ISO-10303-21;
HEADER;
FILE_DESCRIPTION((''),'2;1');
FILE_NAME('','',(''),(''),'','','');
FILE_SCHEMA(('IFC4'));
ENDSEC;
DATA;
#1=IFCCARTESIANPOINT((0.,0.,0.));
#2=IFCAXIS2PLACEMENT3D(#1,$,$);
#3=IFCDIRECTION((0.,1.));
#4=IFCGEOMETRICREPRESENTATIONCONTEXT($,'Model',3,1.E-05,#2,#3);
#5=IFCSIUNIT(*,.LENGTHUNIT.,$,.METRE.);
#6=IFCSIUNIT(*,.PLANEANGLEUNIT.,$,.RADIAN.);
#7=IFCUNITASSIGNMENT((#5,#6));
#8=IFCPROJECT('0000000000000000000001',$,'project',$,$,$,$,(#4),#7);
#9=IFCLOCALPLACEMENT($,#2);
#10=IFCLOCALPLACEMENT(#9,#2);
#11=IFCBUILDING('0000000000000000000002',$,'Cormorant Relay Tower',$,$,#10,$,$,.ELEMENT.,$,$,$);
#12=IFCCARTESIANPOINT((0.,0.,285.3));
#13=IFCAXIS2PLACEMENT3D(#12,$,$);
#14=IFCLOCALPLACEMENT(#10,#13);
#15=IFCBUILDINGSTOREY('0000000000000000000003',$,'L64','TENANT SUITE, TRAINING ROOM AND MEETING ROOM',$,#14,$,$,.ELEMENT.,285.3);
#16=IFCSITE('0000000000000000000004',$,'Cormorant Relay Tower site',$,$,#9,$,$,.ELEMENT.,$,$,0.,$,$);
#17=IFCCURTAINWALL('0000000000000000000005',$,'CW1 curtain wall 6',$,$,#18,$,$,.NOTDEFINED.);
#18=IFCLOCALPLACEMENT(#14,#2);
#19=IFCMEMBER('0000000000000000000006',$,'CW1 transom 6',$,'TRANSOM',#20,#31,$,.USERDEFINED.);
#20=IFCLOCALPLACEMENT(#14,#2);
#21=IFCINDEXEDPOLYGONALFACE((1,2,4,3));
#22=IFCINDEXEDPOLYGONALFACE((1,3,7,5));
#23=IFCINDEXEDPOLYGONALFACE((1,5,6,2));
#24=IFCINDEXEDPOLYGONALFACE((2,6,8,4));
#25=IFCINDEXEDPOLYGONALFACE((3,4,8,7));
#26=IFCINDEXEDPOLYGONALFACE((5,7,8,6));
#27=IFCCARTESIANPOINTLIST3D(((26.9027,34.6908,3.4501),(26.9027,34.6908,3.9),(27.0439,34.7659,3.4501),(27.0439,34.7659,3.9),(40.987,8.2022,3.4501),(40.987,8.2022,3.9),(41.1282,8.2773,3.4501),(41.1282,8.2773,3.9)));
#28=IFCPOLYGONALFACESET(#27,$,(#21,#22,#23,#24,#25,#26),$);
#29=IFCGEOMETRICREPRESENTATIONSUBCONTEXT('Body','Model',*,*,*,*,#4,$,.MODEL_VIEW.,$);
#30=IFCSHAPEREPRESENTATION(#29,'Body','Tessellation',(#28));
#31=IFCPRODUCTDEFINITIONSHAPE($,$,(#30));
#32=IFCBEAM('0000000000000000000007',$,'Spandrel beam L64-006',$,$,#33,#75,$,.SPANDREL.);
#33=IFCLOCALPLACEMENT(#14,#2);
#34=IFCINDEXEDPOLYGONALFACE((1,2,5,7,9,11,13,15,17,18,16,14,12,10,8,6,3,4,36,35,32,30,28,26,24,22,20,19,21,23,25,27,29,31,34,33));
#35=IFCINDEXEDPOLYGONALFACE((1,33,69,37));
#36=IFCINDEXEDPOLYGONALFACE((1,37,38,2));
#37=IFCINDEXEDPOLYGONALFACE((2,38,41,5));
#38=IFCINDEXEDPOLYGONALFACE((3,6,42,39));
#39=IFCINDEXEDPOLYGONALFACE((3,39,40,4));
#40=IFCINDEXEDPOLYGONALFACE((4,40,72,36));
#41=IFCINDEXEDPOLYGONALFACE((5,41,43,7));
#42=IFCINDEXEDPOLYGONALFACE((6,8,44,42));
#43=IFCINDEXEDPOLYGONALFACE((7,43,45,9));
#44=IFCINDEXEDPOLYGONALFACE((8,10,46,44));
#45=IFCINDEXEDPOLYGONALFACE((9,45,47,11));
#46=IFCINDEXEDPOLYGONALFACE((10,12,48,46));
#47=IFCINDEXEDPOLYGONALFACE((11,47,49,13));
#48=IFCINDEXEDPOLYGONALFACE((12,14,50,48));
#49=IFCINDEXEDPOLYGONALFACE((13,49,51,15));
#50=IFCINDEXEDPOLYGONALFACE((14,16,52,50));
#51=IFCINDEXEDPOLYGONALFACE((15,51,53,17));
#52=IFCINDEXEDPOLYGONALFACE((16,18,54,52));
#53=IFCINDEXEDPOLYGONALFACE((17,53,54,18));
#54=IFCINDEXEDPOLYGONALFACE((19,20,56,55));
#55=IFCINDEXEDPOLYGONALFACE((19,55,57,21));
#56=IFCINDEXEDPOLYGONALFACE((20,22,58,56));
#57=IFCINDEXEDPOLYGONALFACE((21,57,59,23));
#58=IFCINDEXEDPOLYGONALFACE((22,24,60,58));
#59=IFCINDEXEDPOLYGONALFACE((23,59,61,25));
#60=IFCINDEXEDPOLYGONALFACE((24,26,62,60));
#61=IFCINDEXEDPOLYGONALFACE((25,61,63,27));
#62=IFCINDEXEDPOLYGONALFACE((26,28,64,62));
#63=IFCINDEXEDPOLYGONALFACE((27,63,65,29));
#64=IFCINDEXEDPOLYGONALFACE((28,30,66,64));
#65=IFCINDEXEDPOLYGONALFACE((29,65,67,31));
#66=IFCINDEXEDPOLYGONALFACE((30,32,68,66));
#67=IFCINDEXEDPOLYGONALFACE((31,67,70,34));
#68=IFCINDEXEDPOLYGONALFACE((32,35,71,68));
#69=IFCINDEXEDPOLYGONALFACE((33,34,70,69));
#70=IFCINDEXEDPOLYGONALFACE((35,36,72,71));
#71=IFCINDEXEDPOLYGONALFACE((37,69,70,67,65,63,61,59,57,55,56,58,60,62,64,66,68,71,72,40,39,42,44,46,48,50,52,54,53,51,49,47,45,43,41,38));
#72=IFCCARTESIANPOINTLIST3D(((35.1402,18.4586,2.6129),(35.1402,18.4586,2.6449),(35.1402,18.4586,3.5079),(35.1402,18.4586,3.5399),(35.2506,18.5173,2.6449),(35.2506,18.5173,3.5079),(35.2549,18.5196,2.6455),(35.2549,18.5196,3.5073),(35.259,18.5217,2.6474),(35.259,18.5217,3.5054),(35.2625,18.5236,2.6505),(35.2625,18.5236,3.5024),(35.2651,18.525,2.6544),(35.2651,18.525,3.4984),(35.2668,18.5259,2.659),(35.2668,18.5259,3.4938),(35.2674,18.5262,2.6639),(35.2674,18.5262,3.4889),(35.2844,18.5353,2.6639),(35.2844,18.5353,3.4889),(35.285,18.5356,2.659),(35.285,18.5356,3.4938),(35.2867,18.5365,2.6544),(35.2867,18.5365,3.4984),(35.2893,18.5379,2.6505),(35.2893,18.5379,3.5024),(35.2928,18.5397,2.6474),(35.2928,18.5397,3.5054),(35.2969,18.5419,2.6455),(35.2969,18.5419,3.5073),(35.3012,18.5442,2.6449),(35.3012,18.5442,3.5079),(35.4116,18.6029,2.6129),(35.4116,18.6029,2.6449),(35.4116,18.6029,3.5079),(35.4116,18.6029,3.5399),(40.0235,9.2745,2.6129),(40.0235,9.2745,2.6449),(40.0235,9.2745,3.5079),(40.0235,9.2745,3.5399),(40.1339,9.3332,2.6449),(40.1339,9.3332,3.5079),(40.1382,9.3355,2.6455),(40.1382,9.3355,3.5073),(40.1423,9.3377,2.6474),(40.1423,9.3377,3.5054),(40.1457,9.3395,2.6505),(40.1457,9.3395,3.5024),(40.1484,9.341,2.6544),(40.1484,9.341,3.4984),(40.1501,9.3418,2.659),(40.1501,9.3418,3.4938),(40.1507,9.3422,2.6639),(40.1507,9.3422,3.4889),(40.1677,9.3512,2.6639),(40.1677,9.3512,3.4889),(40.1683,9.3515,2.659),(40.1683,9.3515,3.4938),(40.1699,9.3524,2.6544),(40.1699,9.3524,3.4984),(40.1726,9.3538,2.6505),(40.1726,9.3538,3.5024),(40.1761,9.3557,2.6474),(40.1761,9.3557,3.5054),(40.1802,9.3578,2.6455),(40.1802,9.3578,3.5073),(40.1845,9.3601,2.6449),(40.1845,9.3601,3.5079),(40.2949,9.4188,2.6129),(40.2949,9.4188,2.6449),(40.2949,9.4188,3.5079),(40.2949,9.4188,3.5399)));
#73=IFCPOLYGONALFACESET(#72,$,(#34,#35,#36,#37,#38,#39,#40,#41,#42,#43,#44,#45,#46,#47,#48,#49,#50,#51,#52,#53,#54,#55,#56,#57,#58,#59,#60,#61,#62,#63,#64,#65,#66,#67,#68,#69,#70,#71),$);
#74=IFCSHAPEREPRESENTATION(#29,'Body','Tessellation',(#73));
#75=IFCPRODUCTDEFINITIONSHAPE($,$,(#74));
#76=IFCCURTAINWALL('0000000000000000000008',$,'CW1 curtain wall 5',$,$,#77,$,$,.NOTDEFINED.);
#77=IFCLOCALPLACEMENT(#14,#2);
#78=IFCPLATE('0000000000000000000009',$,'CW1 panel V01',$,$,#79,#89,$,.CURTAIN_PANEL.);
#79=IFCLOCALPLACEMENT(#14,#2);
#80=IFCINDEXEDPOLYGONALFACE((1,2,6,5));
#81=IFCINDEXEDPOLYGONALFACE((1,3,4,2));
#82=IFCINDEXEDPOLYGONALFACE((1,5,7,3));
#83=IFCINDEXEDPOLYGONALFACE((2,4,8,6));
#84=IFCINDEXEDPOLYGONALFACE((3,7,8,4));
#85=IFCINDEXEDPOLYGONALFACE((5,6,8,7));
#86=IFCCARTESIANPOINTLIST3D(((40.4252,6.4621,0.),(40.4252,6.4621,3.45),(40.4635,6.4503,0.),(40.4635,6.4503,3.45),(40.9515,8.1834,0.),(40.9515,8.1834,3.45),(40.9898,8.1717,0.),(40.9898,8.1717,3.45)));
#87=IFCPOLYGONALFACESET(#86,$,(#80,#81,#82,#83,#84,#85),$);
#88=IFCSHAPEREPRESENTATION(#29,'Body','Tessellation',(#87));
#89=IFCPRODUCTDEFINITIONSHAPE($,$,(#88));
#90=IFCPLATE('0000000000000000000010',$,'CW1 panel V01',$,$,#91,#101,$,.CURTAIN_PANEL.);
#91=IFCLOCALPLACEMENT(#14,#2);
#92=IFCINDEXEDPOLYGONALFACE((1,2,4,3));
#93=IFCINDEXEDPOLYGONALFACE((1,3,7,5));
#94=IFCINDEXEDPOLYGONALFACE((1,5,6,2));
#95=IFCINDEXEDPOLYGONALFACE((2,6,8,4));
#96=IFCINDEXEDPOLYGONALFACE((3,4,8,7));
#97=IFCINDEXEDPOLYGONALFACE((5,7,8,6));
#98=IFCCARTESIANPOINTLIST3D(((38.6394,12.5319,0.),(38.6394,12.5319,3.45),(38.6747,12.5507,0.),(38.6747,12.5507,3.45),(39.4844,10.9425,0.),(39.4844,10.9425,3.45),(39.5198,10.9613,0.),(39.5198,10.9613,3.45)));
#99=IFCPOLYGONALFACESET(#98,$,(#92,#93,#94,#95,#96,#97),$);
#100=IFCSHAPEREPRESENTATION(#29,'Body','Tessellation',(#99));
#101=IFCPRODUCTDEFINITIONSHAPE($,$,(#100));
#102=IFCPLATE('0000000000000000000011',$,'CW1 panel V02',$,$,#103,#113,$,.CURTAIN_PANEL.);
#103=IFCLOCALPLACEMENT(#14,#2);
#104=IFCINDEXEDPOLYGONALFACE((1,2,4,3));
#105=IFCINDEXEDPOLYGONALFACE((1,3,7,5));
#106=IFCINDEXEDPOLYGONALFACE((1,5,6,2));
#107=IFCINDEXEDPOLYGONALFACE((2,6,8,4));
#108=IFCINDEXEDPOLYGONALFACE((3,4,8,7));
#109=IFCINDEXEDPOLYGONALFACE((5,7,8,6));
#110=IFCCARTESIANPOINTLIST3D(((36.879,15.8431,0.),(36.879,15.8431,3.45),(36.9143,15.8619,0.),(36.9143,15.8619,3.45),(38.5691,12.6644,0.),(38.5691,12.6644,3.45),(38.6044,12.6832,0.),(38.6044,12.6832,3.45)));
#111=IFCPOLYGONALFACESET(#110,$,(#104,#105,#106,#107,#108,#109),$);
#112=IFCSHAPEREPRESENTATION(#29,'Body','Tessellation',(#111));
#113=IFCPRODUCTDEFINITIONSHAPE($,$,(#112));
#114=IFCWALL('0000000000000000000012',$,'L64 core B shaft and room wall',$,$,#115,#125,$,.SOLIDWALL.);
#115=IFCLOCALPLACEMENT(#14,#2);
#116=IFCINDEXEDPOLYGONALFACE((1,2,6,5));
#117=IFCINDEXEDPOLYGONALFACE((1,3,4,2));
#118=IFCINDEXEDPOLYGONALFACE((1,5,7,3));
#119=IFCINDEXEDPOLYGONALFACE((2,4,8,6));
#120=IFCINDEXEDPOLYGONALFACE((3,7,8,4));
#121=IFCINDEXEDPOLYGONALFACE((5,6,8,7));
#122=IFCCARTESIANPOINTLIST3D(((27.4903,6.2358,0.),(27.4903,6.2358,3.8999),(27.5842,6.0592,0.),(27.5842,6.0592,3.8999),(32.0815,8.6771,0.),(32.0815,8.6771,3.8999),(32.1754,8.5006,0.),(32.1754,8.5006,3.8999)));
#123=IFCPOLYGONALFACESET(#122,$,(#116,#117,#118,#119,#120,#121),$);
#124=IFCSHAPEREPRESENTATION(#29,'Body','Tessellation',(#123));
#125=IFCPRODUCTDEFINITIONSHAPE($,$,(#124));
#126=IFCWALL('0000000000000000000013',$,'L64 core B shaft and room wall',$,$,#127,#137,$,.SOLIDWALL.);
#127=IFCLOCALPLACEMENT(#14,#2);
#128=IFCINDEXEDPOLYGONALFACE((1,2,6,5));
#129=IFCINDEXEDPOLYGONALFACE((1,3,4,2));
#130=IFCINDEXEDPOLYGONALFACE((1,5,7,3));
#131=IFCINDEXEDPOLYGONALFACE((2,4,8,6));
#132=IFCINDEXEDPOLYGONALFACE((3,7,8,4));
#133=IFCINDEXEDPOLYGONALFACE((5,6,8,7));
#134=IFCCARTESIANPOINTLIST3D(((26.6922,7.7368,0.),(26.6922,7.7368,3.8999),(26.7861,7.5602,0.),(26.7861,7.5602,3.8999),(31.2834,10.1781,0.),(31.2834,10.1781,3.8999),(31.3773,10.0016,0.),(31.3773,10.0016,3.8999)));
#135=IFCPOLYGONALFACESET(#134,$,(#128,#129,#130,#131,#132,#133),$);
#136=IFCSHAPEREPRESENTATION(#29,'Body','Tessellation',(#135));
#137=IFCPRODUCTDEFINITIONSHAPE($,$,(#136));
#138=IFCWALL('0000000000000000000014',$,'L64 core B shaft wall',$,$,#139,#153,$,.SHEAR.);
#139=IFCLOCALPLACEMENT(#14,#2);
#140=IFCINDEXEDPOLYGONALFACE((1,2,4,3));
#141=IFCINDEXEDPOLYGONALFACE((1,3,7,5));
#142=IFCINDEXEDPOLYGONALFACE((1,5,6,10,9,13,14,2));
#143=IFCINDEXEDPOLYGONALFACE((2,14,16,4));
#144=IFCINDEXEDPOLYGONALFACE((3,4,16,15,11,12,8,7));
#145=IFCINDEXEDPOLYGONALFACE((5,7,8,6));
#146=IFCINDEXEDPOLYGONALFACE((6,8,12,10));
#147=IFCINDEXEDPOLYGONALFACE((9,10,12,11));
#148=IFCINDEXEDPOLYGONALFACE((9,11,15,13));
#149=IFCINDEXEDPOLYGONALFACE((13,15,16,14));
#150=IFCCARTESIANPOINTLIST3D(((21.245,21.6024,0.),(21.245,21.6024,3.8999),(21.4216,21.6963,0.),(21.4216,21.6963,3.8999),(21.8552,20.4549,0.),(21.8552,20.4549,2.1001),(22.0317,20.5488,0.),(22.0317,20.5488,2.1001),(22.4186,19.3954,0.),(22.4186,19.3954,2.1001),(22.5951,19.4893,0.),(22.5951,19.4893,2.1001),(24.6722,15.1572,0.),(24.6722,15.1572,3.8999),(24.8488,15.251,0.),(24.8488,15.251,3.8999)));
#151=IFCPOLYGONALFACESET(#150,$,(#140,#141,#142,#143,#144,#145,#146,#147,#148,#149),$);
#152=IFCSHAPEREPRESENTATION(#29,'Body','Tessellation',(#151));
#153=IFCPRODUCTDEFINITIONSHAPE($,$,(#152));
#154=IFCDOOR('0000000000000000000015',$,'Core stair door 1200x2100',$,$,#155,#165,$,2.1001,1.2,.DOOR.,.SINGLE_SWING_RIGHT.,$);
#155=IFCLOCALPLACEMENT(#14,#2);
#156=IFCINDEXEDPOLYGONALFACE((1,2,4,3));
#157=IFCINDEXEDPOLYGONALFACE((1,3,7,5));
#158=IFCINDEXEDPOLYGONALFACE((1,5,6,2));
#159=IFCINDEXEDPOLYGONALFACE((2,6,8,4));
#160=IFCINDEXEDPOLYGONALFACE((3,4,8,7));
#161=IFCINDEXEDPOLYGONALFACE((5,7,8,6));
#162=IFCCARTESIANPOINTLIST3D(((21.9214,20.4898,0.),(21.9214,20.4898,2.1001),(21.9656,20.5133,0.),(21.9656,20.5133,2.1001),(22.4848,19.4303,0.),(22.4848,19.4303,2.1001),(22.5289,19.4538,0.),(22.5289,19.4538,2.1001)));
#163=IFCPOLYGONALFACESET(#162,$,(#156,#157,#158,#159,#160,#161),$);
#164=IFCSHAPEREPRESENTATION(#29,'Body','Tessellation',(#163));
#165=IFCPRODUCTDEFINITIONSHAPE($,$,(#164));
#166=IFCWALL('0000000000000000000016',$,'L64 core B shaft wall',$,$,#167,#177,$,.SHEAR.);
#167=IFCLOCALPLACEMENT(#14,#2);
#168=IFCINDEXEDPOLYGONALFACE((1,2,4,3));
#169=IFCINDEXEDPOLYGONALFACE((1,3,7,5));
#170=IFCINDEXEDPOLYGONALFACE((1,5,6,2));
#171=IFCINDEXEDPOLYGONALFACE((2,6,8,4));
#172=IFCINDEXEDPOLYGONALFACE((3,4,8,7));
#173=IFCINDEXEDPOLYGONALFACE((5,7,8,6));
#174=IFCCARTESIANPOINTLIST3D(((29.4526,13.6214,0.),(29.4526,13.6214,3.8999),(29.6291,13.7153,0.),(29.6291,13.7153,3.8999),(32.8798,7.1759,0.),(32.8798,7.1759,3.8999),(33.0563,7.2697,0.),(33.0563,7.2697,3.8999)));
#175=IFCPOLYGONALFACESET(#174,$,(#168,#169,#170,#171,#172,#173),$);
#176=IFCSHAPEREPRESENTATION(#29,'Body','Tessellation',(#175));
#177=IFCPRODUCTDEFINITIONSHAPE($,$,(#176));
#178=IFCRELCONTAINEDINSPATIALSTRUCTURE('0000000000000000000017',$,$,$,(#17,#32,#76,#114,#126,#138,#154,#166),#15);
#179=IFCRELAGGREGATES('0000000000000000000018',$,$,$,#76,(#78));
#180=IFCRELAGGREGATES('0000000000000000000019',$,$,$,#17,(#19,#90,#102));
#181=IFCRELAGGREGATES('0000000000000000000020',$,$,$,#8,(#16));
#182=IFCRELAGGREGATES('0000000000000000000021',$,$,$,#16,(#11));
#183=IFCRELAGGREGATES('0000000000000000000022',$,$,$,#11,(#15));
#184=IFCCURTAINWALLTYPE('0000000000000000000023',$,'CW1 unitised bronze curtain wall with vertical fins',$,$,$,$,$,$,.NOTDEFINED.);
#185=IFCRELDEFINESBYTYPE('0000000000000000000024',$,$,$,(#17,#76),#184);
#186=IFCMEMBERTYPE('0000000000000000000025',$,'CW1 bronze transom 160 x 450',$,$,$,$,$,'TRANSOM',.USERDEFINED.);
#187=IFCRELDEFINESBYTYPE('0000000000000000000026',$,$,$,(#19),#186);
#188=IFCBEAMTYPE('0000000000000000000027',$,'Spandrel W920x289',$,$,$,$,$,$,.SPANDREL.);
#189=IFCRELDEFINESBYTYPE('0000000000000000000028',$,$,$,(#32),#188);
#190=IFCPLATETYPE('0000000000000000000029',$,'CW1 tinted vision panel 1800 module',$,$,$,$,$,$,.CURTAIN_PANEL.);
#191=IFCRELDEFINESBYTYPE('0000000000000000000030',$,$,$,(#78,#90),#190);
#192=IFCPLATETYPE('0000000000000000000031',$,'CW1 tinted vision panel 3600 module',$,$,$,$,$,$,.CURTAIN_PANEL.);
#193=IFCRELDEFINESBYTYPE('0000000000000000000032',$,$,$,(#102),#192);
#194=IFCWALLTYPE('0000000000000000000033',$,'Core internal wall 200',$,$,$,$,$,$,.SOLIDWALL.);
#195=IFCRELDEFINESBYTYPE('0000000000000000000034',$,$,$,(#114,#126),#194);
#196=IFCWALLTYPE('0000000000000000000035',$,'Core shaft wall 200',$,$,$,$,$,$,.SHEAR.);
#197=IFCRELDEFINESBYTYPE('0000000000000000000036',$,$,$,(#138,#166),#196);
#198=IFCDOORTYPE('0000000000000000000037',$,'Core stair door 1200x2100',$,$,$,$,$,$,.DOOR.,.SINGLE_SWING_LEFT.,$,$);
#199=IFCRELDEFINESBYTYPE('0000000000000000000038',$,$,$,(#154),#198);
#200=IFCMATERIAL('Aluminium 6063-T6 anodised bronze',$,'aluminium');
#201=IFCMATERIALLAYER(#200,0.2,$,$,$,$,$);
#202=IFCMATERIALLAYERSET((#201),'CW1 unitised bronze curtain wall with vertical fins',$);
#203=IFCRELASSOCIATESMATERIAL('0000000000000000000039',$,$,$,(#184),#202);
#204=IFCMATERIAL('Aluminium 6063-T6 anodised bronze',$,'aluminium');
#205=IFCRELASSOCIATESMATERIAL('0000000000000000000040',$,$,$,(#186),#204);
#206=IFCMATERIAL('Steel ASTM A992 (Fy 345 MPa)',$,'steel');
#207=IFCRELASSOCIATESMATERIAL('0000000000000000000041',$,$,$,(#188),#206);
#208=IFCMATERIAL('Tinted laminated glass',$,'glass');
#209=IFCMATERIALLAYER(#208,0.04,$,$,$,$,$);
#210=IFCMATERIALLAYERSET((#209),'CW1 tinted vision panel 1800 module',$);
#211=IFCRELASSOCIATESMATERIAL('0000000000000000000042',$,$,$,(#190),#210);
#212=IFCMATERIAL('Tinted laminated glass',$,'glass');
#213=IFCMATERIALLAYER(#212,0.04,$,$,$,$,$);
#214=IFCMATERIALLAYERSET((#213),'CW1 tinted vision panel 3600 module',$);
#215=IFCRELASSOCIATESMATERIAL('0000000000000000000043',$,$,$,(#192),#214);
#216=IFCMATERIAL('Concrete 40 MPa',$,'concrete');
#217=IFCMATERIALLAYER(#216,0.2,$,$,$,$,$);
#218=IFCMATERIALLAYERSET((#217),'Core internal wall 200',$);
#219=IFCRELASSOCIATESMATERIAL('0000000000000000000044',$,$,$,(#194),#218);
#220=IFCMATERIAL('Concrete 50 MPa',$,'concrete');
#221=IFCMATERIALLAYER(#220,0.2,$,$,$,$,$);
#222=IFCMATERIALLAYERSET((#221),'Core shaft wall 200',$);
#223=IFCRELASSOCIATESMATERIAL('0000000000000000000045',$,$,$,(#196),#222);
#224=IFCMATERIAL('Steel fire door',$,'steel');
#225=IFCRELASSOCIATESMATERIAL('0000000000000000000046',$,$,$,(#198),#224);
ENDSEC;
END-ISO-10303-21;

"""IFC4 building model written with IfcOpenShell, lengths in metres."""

from ifc_helpers import new_model, si_unit, direction, frame, frame_2d, origin, origin_2d, place, context, subcontext, project, spatial, rectangle, i_section, extrude, material, layer, layer_set, material_profile, profile_set, type_object, element, fill, aggregate, save


model = new_model("IFC4")

# Units and contexts
model_context = context("Model", 3, precision=1e-05, world=origin(), true_north=direction((0.0, 1.0)))
body_context = subcontext(model_context, "Body", "Model", "MODEL_VIEW")
ifc_project = project(units=[si_unit("LENGTHUNIT", "METRE"), si_unit("PLANEANGLEUNIT", "RADIAN")], contexts=[model_context])

# Site, building, storey
site_placement = place(None, origin())
site = spatial("IfcSite", under=ifc_project, at=site_placement, Name="Cormorant Relay Tower site", CompositionType="ELEMENT", RefElevation=0.0)
building_placement = place(site_placement, origin())
building = spatial("IfcBuilding", under=site, at=building_placement, Name="Cormorant Relay Tower", CompositionType="ELEMENT")
storey_placement = place(building_placement, frame((0.0, 0.0, 285.3)))
storey = spatial("IfcBuildingStorey", under=building, at=storey_placement, Name="L64", Description="TENANT SUITE, TRAINING ROOM AND MEETING ROOM", CompositionType="ELEMENT", Elevation=285.3)

# Curtain wall, member
ifc_material_1 = material(Name="Aluminium 6063-T6 anodised bronze", Category="aluminium")
ifc_layer_1 = layer(ifc_material_1, 0.2)
ifc_layer_set_1 = layer_set([ifc_layer_1], Name="CW1 unitised bronze curtain wall with vertical fins")
curtain_wall_type = type_object("IfcCurtainWallType", Name="CW1 unitised bronze curtain wall with vertical fins", PredefinedType="NOTDEFINED", material=ifc_layer_set_1)
curtain_wall_1_placement = place(storey_placement, origin())
curtain_wall_1 = element("IfcCurtainWall", 1, at=curtain_wall_1_placement, inside=storey, type_object=curtain_wall_type, Name="CW1 curtain wall 6", PredefinedType="NOTDEFINED")
ifc_material_2 = material(Name="Aluminium 6063-T6 anodised bronze", Category="aluminium")
ifc_material_profile_1 = material_profile(ifc_material_2, rectangle(XDim=0.1599, YDim=0.45, at=origin_2d()), Name="AL 160x450")
ifc_profile_set_1 = profile_set([ifc_material_profile_1], Name="Aluminium 6063-T6 anodised bronze")
member_type_1 = type_object("IfcMemberType", Name="CW1 bronze transom 160 x 450", ElementType="TRANSOM", PredefinedType="USERDEFINED", material=ifc_profile_set_1)
member_1_placement = place(storey_placement, frame((41.0576, 8.2397, 3.675), z_axis=(-0.469472, 0.882947, 0.0), x_axis=(-0.882947, -0.469472, 0.0)))
member_1 = element("IfcMember", 2, at=member_1_placement, type_object=member_type_1, Name="CW1 transom 6", ObjectType="TRANSOM", PredefinedType="USERDEFINED", context=body_context, shape_type="SweptSolid", body=[
    extrude(rectangle(XDim=0.1599, YDim=0.45, at=origin_2d()), origin(), (0.0, 0.0, 1.0), 30.0002),
])

# Beam
ifc_material_3 = material(Name="Steel ASTM A992 (Fy 345 MPa)", Category="steel")
ifc_material_profile_2 = material_profile(ifc_material_3, i_section(OverallWidth=0.3074, OverallDepth=0.927, WebThickness=0.0193, FlangeThickness=0.032, FilletRadius=0.019, at=origin_2d()), Name="W920x289")
ifc_profile_set_2 = profile_set([ifc_material_profile_2], Name="Steel ASTM A992 (Fy 345 MPa)")
beam_type = type_object("IfcBeamType", Name="Spandrel W920x289", PredefinedType="SPANDREL", material=ifc_profile_set_2)
beam_placement = place(storey_placement, frame((40.1592, 9.3467, 3.0764), z_axis=(-0.469474, 0.882946, 0.0), x_axis=(-0.882946, -0.469474, 0.0)))
element("IfcBeam", 3, at=beam_placement, inside=storey, type_object=beam_type, Name="Spandrel beam L64-006", PredefinedType="SPANDREL", context=body_context, shape_type="SweptSolid", body=[
    extrude(i_section(OverallWidth=0.3074, OverallDepth=0.927, WebThickness=0.0193, FlangeThickness=0.032, FilletRadius=0.019, at=origin_2d()), origin(), (0.0, 0.0, 1.0), 10.4016),
])

# Curtain wall, plate
curtain_wall_2_placement = place(storey_placement, origin())
curtain_wall_2 = element("IfcCurtainWall", 4, at=curtain_wall_2_placement, inside=storey, type_object=curtain_wall_type, Name="CW1 curtain wall 5", PredefinedType="NOTDEFINED")
ifc_material_4 = material(Name="Tinted laminated glass", Category="glass")
ifc_layer_2 = layer(ifc_material_4, 0.04)
ifc_layer_set_2 = layer_set([ifc_layer_2], Name="CW1 tinted vision panel 1800 module")
plate_type_1 = type_object("IfcPlateType", Name="CW1 tinted vision panel 1800 module", PredefinedType="CURTAIN_PANEL", material=ifc_layer_set_2)
plate_1_placement = place(storey_placement, frame((40.7075, 7.3169, 0.0), z_axis=(0.0, 0.0, 1.0), x_axis=(0.292372, 0.956305, 0.0)))
plate_1 = element("IfcPlate", 5, at=plate_1_placement, type_object=plate_type_1, Name="CW1 panel V01", PredefinedType="CURTAIN_PANEL", context=body_context, shape_type="SweptSolid", body=[
    extrude(rectangle(XDim=1.8, YDim=0.04, at=origin_2d()), origin(), (0.0, 0.0, 1.0), 3.45),
])
aggregate(curtain_wall_2, [plate_1])

# Plates
plate_2_placement = place(storey_placement, frame((39.0796, 11.7466, 0.0), z_axis=(0.0, 0.0, 1.0), x_axis=(-0.469472, 0.882948, 0.0)))
plate_2 = element("IfcPlate", 6, at=plate_2_placement, type_object=plate_type_1, Name="CW1 panel V01", PredefinedType="CURTAIN_PANEL", context=body_context, shape_type="SweptSolid", body=[
    extrude(rectangle(XDim=1.8, YDim=0.04, at=origin_2d()), origin(), (0.0, 0.0, 1.0), 3.45),
])
ifc_material_5 = material(Name="Tinted laminated glass", Category="glass")
ifc_layer_3 = layer(ifc_material_5, 0.04)
ifc_layer_set_3 = layer_set([ifc_layer_3], Name="CW1 tinted vision panel 3600 module")
plate_type_2 = type_object("IfcPlateType", Name="CW1 tinted vision panel 3600 module", PredefinedType="CURTAIN_PANEL", material=ifc_layer_set_3)
plate_3_placement = place(storey_placement, frame((37.7417, 14.2632, 0.0), z_axis=(0.0, 0.0, 1.0), x_axis=(-0.469472, 0.882948, 0.0)))
plate_3 = element("IfcPlate", 7, at=plate_3_placement, type_object=plate_type_2, Name="CW1 panel V02", PredefinedType="CURTAIN_PANEL", context=body_context, shape_type="SweptSolid", body=[
    extrude(rectangle(XDim=3.6001, YDim=0.04, at=origin_2d()), origin(), (0.0, 0.0, 1.0), 3.45),
])

# Walls
ifc_material_6 = material(Name="Concrete 40 MPa", Category="concrete")
ifc_layer_4 = layer(ifc_material_6, 0.2)
ifc_layer_set_4 = layer_set([ifc_layer_4], Name="Core internal wall 200")
wall_type_1 = type_object("IfcWallType", Name="Core internal wall 200", PredefinedType="SOLIDWALL", material=ifc_layer_set_4)
for number, where, z_axis, x_axis, name in (
    (8, (27.5371, 6.1475, 0.0), (0.0, 0.0, 1.0), (0.882935, 0.469496, 0.0), "L64 core B shaft and room wall"),
    (9, (26.739, 7.6484, 0.0), (0.0, 0.0, 1.0), (0.882935, 0.469496, 0.0), "L64 core B shaft and room wall"),
):
    element("IfcWall", number, at=place(storey_placement, frame(where, z_axis=z_axis, x_axis=x_axis)), inside=storey, type_object=wall_type_1, Name=name, PredefinedType="SOLIDWALL", context=body_context, shape_type="SweptSolid", body=[
        extrude(rectangle(XDim=5.2, YDim=0.2, at=frame_2d((2.6001, 0.0))), origin(), (0.0, 0.0, 1.0), 3.8999),
    ])

# Wall, opening, door
ifc_material_7 = material(Name="Concrete 50 MPa", Category="concrete")
ifc_layer_5 = layer(ifc_material_7, 0.2)
ifc_layer_set_5 = layer_set([ifc_layer_5], Name="Core shaft wall 200")
wall_type_2 = type_object("IfcWallType", Name="Core shaft wall 200", PredefinedType="SHEAR", material=ifc_layer_set_5)
wall_1_placement = place(storey_placement, frame((24.7605, 15.2041, 0.0), z_axis=(0.0, 0.0, 1.0), x_axis=(-0.469494, 0.882936, 0.0)))
wall_1 = element("IfcWall", 10, at=wall_1_placement, inside=storey, type_object=wall_type_2, Name="L64 core B shaft wall", PredefinedType="SHEAR", context=body_context, shape_type="SweptSolid", body=[
    extrude(rectangle(XDim=7.2998, YDim=0.2, at=frame_2d((3.6499, 0.0))), origin(), (0.0, 0.0, 1.0), 3.8999),
])
opening_1_placement = place(wall_1_placement, frame((4.8, 0.0, 0.0)))
opening_1 = element("IfcOpeningElement", 11, at=opening_1_placement, cuts=wall_1, PredefinedType="OPENING", context=body_context, shape_type="SweptSolid", body=[
    extrude(rectangle(XDim=1.2, YDim=2.1001, at=frame_2d((0.6001, 1.05))), frame((0.0, 0.1099, 0.0), z_axis=(0.0, -1.0, 0.0), x_axis=(1.0, 0.0, 0.0)), (0.0, 0.0, 1.0), 0.22),
])
ifc_material_8 = material(Name="Steel fire door", Category="steel")
door_type_1 = type_object("IfcDoorType", Name="Core stair door 1200x2100", OperationType="SINGLE_SWING_LEFT", PredefinedType="DOOR", material=ifc_material_8)
door_1_placement = place(opening_1_placement, frame((1.2, 0.0, 0.0), z_axis=(0.0, 0.0, 1.0), x_axis=(-1.0, 0.0, 0.0)))
door_1 = element("IfcDoor", 12, at=door_1_placement, inside=storey, type_object=door_type_1, Name="Core stair door 1200x2100", OperationType="SINGLE_SWING_RIGHT", OverallHeight=2.1001, OverallWidth=1.2, PredefinedType="DOOR", context=body_context, shape_type="SweptSolid", body=[
    extrude(rectangle(XDim=1.2, YDim=2.1001, at=frame_2d((0.6001, 1.05))), frame((0.0, 0.0249, 0.0), z_axis=(0.0, -1.0, 0.0), x_axis=(1.0, 0.0, 0.0)), (0.0, 0.0, 1.0), 0.05),
])
fill(opening_1, door_1)

# Wall
wall_2_placement = place(storey_placement, frame((32.968, 7.2229, 0.0), z_axis=(0.0, 0.0, 1.0), x_axis=(-0.46948, 0.882943, 0.0)))
element("IfcWall", 13, at=wall_2_placement, inside=storey, type_object=wall_type_2, Name="L64 core B shaft wall", PredefinedType="SHEAR", context=body_context, shape_type="SweptSolid", body=[
    extrude(rectangle(XDim=7.3, YDim=0.2, at=frame_2d((3.6499, 0.0))), origin(), (0.0, 0.0, 1.0), 3.8999),
])

aggregate(curtain_wall_1, [member_1, plate_2, plate_3])

save(model, "model.ifc")
